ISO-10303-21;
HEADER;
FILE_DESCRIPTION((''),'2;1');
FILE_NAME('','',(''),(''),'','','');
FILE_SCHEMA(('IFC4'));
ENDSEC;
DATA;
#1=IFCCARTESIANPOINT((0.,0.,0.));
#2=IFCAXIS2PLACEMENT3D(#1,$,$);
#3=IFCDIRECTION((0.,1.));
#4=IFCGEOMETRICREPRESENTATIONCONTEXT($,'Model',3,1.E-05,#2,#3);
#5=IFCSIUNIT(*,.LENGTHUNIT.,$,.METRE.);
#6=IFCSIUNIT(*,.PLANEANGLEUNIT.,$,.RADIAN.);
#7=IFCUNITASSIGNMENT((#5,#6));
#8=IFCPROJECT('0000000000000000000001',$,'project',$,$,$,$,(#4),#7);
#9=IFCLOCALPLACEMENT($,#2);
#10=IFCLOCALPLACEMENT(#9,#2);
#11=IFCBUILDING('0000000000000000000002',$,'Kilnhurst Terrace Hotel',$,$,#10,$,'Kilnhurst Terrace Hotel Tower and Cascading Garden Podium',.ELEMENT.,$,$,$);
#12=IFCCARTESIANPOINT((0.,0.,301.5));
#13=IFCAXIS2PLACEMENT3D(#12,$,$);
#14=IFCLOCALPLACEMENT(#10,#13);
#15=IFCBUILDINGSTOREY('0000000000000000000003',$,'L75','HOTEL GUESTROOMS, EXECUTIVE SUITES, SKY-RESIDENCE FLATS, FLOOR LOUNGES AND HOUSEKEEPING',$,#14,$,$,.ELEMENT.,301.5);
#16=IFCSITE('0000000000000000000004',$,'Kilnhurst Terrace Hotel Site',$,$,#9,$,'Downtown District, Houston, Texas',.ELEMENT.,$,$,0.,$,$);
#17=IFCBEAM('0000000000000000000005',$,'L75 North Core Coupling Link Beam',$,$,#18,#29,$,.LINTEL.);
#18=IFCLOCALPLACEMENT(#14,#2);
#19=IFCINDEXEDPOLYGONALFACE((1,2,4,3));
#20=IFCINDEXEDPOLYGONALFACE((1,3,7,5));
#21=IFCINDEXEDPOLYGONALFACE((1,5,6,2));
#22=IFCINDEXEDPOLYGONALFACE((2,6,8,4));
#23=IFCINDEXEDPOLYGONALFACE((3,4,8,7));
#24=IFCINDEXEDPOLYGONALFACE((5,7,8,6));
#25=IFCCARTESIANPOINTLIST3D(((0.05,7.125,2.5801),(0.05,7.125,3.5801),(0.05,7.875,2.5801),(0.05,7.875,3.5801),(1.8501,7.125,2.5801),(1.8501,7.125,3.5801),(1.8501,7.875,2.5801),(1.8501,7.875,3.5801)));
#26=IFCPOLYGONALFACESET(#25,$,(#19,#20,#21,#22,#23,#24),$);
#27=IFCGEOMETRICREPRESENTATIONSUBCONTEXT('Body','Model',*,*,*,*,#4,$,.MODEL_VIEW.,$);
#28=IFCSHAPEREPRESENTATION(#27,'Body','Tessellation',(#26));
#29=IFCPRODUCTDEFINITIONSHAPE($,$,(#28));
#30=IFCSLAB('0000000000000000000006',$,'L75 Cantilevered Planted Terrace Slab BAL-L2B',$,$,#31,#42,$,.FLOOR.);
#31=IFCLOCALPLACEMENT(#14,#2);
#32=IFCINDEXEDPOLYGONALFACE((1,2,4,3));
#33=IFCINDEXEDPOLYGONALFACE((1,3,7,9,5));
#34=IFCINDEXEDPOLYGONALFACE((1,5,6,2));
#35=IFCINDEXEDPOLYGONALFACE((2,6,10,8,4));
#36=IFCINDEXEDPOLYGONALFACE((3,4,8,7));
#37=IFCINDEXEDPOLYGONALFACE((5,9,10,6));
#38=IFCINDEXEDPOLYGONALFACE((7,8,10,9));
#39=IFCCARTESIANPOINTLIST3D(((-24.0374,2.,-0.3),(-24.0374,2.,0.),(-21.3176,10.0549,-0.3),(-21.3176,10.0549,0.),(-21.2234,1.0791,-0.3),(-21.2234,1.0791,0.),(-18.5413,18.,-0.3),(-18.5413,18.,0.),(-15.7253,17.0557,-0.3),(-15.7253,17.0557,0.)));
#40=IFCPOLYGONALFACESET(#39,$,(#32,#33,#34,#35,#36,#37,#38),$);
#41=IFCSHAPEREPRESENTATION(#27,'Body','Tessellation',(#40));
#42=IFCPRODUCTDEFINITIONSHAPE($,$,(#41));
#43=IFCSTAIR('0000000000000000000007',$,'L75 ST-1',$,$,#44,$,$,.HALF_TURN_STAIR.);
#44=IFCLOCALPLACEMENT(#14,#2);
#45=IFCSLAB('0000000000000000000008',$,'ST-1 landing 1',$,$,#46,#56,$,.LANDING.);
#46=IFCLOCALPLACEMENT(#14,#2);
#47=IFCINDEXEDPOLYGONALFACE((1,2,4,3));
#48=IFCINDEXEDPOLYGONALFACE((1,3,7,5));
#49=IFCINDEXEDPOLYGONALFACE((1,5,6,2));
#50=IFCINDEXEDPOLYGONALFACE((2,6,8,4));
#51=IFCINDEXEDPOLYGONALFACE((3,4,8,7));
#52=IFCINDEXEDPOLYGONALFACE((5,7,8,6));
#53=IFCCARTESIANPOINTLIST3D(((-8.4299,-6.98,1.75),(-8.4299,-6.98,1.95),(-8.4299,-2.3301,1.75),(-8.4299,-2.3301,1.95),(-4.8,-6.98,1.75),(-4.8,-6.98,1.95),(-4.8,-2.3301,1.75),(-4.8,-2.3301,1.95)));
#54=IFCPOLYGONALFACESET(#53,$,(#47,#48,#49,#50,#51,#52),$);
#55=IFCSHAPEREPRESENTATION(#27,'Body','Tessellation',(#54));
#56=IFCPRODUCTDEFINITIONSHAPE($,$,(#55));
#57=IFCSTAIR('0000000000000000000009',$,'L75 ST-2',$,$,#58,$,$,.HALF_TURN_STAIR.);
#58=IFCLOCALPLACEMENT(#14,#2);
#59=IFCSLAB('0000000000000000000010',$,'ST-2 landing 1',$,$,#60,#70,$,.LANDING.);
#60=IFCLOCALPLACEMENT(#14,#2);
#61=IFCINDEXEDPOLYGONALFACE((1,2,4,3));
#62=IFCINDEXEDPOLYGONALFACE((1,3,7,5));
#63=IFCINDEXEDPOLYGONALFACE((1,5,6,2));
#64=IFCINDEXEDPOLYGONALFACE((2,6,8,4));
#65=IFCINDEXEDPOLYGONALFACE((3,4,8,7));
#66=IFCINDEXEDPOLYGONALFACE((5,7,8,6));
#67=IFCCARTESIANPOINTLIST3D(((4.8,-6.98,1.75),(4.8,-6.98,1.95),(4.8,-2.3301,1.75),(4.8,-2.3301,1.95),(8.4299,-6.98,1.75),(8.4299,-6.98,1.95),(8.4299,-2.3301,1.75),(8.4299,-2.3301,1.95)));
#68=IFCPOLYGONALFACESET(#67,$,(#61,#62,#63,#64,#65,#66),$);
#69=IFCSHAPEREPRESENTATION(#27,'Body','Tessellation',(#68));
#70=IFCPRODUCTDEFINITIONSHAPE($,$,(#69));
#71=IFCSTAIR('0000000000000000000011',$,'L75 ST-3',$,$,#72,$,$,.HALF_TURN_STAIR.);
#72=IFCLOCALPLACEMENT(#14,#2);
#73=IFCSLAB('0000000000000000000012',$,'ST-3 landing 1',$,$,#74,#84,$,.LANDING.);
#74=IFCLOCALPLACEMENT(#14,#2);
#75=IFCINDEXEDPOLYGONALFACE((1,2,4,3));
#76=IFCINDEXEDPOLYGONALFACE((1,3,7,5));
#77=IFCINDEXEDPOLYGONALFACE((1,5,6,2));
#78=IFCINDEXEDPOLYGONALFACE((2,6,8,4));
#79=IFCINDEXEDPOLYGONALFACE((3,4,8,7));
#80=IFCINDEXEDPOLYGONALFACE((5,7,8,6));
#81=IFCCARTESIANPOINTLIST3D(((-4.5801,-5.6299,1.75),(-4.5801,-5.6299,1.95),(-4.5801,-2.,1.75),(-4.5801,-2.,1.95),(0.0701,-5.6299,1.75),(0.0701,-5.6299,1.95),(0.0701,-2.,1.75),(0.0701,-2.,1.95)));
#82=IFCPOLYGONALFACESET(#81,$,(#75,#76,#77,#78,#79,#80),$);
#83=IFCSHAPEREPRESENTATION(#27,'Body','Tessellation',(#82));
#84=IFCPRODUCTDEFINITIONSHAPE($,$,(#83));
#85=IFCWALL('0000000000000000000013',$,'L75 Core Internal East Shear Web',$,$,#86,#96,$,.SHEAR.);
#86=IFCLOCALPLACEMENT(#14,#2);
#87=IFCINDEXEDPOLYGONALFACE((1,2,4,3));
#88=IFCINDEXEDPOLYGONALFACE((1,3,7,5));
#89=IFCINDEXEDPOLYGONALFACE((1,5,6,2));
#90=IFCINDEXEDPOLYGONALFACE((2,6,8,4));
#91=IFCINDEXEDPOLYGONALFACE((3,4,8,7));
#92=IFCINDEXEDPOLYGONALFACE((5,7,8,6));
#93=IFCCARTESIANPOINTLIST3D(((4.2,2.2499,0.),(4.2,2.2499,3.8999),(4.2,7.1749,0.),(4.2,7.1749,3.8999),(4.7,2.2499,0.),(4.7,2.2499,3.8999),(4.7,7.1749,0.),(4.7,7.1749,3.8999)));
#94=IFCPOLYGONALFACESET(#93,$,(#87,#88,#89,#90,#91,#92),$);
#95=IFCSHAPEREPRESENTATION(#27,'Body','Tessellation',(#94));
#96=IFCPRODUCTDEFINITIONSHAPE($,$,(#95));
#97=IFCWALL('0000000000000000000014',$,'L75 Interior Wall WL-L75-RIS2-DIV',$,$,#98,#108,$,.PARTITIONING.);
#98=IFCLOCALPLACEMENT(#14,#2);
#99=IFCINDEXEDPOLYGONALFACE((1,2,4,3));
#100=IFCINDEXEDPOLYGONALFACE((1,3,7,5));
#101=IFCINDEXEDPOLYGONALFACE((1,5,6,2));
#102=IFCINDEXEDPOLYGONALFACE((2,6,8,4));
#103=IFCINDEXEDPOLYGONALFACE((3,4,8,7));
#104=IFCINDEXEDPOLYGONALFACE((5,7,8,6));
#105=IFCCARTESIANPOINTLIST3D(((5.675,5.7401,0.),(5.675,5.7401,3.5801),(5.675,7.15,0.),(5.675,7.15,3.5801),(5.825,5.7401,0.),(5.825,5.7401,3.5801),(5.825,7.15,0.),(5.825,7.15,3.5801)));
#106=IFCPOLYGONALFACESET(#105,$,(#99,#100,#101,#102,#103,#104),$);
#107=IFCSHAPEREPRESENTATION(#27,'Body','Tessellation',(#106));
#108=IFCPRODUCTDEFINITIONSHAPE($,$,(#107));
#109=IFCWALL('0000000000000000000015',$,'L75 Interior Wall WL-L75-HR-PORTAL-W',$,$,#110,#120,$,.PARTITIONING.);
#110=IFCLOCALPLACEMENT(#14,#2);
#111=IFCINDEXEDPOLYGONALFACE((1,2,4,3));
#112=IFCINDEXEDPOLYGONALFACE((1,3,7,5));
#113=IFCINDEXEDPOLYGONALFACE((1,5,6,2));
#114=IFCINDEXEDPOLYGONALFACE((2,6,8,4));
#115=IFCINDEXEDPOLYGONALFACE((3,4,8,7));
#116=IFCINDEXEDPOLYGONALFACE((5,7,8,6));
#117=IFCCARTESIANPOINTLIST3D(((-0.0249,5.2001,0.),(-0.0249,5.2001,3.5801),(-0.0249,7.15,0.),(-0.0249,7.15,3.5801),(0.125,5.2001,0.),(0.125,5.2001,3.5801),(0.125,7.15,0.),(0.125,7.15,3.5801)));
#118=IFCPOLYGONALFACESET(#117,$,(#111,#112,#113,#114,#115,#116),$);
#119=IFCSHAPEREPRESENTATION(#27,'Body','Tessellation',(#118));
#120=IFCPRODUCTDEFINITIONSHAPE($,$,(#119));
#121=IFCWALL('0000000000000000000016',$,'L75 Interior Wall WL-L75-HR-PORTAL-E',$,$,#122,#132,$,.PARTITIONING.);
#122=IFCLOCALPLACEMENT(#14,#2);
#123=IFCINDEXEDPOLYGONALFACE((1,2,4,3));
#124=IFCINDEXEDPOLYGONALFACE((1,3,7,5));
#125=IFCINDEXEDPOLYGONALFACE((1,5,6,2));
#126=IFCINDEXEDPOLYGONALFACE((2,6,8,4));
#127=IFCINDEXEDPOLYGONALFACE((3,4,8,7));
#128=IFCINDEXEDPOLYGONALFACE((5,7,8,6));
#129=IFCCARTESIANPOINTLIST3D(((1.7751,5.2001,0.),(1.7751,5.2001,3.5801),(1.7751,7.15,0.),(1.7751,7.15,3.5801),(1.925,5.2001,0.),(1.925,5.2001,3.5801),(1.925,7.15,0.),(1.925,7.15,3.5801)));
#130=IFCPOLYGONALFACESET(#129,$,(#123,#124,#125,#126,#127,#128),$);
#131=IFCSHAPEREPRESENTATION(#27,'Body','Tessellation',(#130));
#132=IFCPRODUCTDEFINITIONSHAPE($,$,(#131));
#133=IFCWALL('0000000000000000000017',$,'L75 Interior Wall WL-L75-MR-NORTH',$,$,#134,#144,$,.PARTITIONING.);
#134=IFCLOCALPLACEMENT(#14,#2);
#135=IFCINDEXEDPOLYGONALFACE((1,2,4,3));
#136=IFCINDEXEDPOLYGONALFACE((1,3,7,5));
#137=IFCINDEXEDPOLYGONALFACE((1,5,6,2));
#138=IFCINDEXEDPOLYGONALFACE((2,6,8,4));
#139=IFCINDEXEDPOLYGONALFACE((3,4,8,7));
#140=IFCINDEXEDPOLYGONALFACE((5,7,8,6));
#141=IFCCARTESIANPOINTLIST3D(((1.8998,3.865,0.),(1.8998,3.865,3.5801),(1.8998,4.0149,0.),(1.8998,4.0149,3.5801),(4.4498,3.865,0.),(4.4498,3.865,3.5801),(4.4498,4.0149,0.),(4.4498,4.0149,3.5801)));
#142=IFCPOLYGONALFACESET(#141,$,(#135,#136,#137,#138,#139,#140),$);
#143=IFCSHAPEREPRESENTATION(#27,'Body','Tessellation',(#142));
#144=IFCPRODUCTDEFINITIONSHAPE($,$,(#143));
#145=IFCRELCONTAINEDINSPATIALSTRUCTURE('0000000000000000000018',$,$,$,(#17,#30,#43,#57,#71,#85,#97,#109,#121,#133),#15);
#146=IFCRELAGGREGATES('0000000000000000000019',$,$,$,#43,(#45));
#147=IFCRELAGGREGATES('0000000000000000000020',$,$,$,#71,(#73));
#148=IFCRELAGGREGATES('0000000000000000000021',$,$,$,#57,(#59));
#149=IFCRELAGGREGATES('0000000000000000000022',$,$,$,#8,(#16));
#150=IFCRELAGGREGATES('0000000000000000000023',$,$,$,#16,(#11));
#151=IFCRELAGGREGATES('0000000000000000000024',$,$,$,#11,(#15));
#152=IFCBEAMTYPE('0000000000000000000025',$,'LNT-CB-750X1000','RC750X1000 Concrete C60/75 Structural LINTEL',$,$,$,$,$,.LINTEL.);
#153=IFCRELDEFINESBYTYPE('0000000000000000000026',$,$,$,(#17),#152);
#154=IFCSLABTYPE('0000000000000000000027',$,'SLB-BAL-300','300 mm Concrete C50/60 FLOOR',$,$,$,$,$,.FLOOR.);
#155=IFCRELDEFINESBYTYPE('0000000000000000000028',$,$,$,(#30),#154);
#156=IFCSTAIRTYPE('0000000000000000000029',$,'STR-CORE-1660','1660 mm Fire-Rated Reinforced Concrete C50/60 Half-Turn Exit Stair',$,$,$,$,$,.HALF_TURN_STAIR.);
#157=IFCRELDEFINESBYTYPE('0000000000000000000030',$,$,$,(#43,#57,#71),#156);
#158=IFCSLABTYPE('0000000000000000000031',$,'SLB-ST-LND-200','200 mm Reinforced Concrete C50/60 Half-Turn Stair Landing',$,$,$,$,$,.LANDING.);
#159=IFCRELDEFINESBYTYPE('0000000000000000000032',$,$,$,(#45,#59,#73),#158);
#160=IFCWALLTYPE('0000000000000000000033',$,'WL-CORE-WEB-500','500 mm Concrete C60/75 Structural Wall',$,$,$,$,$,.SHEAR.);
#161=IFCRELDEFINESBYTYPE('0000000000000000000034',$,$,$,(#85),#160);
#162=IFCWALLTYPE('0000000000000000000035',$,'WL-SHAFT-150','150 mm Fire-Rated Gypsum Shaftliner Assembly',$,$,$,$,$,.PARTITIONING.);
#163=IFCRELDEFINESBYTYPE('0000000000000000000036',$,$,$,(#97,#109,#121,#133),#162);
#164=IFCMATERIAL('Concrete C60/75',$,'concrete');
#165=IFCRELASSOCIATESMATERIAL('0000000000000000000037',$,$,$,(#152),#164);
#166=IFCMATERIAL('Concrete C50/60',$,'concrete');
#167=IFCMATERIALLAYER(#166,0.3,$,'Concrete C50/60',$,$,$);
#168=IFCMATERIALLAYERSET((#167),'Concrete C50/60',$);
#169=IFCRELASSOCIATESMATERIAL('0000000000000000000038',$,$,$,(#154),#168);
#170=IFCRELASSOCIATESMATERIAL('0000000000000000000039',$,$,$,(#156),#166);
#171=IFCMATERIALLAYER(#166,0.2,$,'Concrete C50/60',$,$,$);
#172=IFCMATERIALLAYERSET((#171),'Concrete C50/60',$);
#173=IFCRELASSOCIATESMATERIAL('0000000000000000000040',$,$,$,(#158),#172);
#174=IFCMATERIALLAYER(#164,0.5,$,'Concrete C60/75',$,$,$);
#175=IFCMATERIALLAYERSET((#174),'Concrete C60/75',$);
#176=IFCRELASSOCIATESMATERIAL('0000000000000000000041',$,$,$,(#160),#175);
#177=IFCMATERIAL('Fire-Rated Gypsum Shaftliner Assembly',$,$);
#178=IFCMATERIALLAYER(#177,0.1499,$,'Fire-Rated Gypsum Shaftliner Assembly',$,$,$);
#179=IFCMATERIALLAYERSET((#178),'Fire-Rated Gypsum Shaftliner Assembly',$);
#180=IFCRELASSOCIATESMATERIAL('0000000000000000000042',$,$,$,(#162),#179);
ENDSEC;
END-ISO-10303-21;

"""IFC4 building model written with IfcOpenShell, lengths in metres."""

from ifc_helpers import new_model, si_unit, direction, frame, frame_2d, origin, origin_2d, place, context, subcontext, project, spatial, polyline, rectangle, outline, extrude, material, layer, layer_set, material_profile, profile_set, type_object, element, aggregate, save


model = new_model("IFC4")

# Units and contexts
model_context = context("Model", 3, precision=1e-05, world=origin(), true_north=direction((0.0, 1.0)))
body_context = subcontext(model_context, "Body", "Model", "MODEL_VIEW")
ifc_project = project(units=[si_unit("LENGTHUNIT", "METRE"), si_unit("PLANEANGLEUNIT", "RADIAN")], contexts=[model_context])

# Site, building, storey
site_placement = place(None, origin())
site = spatial("IfcSite", under=ifc_project, at=site_placement, Name="Kilnhurst Terrace Hotel Site", LongName="Downtown District, Houston, Texas", CompositionType="ELEMENT", RefElevation=0.0)
building_placement = place(site_placement, origin())
building = spatial("IfcBuilding", under=site, at=building_placement, Name="Kilnhurst Terrace Hotel", LongName="Kilnhurst Terrace Hotel Tower and Cascading Garden Podium", CompositionType="ELEMENT")
storey_placement = place(building_placement, frame((0.0, 0.0, 301.5)))
storey = spatial("IfcBuildingStorey", under=building, at=storey_placement, Name="L75", Description="HOTEL GUESTROOMS, EXECUTIVE SUITES, SKY-RESIDENCE FLATS, FLOOR LOUNGES AND HOUSEKEEPING", CompositionType="ELEMENT", Elevation=301.5)

# Beam
ifc_material_1 = material(Name="Concrete C60/75", Category="concrete")
ifc_material_profile = material_profile(ifc_material_1, rectangle(XDim=0.75, YDim=1.0, at=origin_2d()), Name="RC750X1000")
ifc_profile_set = profile_set([ifc_material_profile], Name="Concrete C60/75")
beam_type = type_object("IfcBeamType", Name="LNT-CB-750X1000", Description="RC750X1000 Concrete C60/75 Structural LINTEL", PredefinedType="LINTEL", material=ifc_profile_set)
beam_placement = place(storey_placement, frame((0.05, 7.5, 3.0801), z_axis=(1.0, 0.0, 0.0), x_axis=(0.0, 1.0, 0.0)))
element("IfcBeam", 1, at=beam_placement, inside=storey, type_object=beam_type, Name="L75 North Core Coupling Link Beam", PredefinedType="LINTEL", context=body_context, shape_type="SweptSolid", body=[
    extrude(rectangle(XDim=0.75, YDim=1.0, at=origin_2d()), origin(), (0.0, 0.0, 1.0), 1.8),
])

# Slab
ifc_material_2 = material(Name="Concrete C50/60", Category="concrete")
ifc_layer_1 = layer(ifc_material_2, 0.3, Name="Concrete C50/60")
ifc_layer_set_1 = layer_set([ifc_layer_1], Name="Concrete C50/60")
slab_type_1 = type_object("IfcSlabType", Name="SLB-BAL-300", Description="300 mm Concrete C50/60 FLOOR", PredefinedType="FLOOR", material=ifc_layer_set_1)
slab_1_placement = place(storey_placement, frame((0.0, 0.0, -0.3)))
element("IfcSlab", 2, at=slab_1_placement, inside=storey, type_object=slab_type_1, Name="L75 Cantilevered Planted Terrace Slab BAL-L2B", PredefinedType="FLOOR", context=body_context, shape_type="SweptSolid", body=[
    extrude(outline(polyline([(-18.5413, 18.0), (-15.7253, 17.0557), (-21.2234, 1.0791), (-24.0374, 2.0), (-21.3176, 10.0549), (-18.5413, 18.0)])), origin(), (0.0, 0.0, 1.0), 0.3),
])

# Stairs, slabs
stair_type = type_object("IfcStairType", Name="STR-CORE-1660", Description="1660 mm Fire-Rated Reinforced Concrete C50/60 Half-Turn Exit Stair", PredefinedType="HALF_TURN_STAIR", material=ifc_material_2)
stair_1_placement = place(storey_placement, origin())
stair_1 = element("IfcStair", 3, at=stair_1_placement, inside=storey, type_object=stair_type, Name="L75 ST-1", PredefinedType="HALF_TURN_STAIR")
ifc_layer_2 = layer(ifc_material_2, 0.2, Name="Concrete C50/60")
ifc_layer_set_2 = layer_set([ifc_layer_2], Name="Concrete C50/60")
slab_type_2 = type_object("IfcSlabType", Name="SLB-ST-LND-200", Description="200 mm Reinforced Concrete C50/60 Half-Turn Stair Landing", PredefinedType="LANDING", material=ifc_layer_set_2)
slab_2_placement = place(storey_placement, frame((0.0, 0.0, 1.75)))
slab_2 = element("IfcSlab", 4, at=slab_2_placement, type_object=slab_type_2, Name="ST-1 landing 1", PredefinedType="LANDING", context=body_context, shape_type="SweptSolid", body=[
    extrude(outline(polyline([(-8.4299, -2.3301), (-4.8, -2.3301), (-4.8, -6.98), (-8.4299, -6.98), (-8.4299, -2.3301)])), origin(), (0.0, 0.0, 1.0), 0.2),
])
aggregate(stair_1, [slab_2])
stair_2_placement = place(storey_placement, origin())
stair_2 = element("IfcStair", 5, at=stair_2_placement, inside=storey, type_object=stair_type, Name="L75 ST-2", PredefinedType="HALF_TURN_STAIR")
slab_3_placement = place(storey_placement, frame((0.0, 0.0, 1.75)))
slab_3 = element("IfcSlab", 6, at=slab_3_placement, type_object=slab_type_2, Name="ST-2 landing 1", PredefinedType="LANDING", context=body_context, shape_type="SweptSolid", body=[
    extrude(outline(polyline([(4.8, -2.3301), (8.4299, -2.3301), (8.4299, -6.98), (4.8, -6.98), (4.8, -2.3301)])), origin(), (0.0, 0.0, 1.0), 0.2),
])
stair_3_placement = place(storey_placement, origin())
stair_3 = element("IfcStair", 7, at=stair_3_placement, inside=storey, type_object=stair_type, Name="L75 ST-3", PredefinedType="HALF_TURN_STAIR")
slab_4_placement = place(storey_placement, frame((0.0, 0.0, 1.75)))
slab_4 = element("IfcSlab", 8, at=slab_4_placement, type_object=slab_type_2, Name="ST-3 landing 1", PredefinedType="LANDING", context=body_context, shape_type="SweptSolid", body=[
    extrude(outline(polyline([(0.0701, -2.0), (0.0701, -5.6299), (-4.5801, -5.6299), (-4.5801, -2.0), (0.0701, -2.0)])), origin(), (0.0, 0.0, 1.0), 0.2),
])
aggregate(stair_3, [slab_4])

# Walls
ifc_layer_3 = layer(ifc_material_1, 0.5, Name="Concrete C60/75")
ifc_layer_set_3 = layer_set([ifc_layer_3], Name="Concrete C60/75")
wall_type_1 = type_object("IfcWallType", Name="WL-CORE-WEB-500", Description="500 mm Concrete C60/75 Structural Wall", PredefinedType="SHEAR", material=ifc_layer_set_3)
wall_1_placement = place(storey_placement, frame((4.45, 2.25, 0.0), z_axis=(0.0, 0.0, 1.0), x_axis=(0.0, 1.0, 0.0)))
element("IfcWall", 9, at=wall_1_placement, inside=storey, type_object=wall_type_1, Name="L75 Core Internal East Shear Web", PredefinedType="SHEAR", context=body_context, shape_type="SweptSolid", body=[
    extrude(rectangle(XDim=4.925, YDim=0.5, at=frame_2d((2.4624, 0.0))), origin(), (0.0, 0.0, 1.0), 3.8999),
])
ifc_material_3 = material(Name="Fire-Rated Gypsum Shaftliner Assembly")
ifc_layer_4 = layer(ifc_material_3, 0.1499, Name="Fire-Rated Gypsum Shaftliner Assembly")
ifc_layer_set_4 = layer_set([ifc_layer_4], Name="Fire-Rated Gypsum Shaftliner Assembly")
wall_type_2 = type_object("IfcWallType", Name="WL-SHAFT-150", Description="150 mm Fire-Rated Gypsum Shaftliner Assembly", PredefinedType="PARTITIONING", material=ifc_layer_set_4)
wall_2_placement = place(storey_placement, frame((5.75, 5.74, 0.0), z_axis=(0.0, 0.0, 1.0), x_axis=(0.0, 1.0, 0.0)))
element("IfcWall", 10, at=wall_2_placement, inside=storey, type_object=wall_type_2, Name="L75 Interior Wall WL-L75-RIS2-DIV", PredefinedType="PARTITIONING", context=body_context, shape_type="SweptSolid", body=[
    extrude(rectangle(XDim=1.4099, YDim=0.1499, at=frame_2d((0.7051, 0.0))), origin(), (0.0, 0.0, 1.0), 3.5801),
])
for number, where, z_axis, x_axis, name in (
    (11, (0.05, 5.2, 0.0), (0.0, 0.0, 1.0), (0.0, 1.0, 0.0), "L75 Interior Wall WL-L75-HR-PORTAL-W"),
    (12, (1.8501, 5.2, 0.0), (0.0, 0.0, 1.0), (0.0, 1.0, 0.0), "L75 Interior Wall WL-L75-HR-PORTAL-E"),
):
    element("IfcWall", number, at=place(storey_placement, frame(where, z_axis=z_axis, x_axis=x_axis)), inside=storey, type_object=wall_type_2, Name=name, PredefinedType="PARTITIONING", context=body_context, shape_type="SweptSolid", body=[
        extrude(rectangle(XDim=1.95, YDim=0.1499, at=frame_2d((0.9751, 0.0))), origin(), (0.0, 0.0, 1.0), 3.5801),
    ])
wall_3_placement = place(storey_placement, frame((1.8999, 3.9399, 0.0), z_axis=(0.0, 0.0, 1.0), x_axis=(1.0, 0.0, 0.0)))
element("IfcWall", 13, at=wall_3_placement, inside=storey, type_object=wall_type_2, Name="L75 Interior Wall WL-L75-MR-NORTH", PredefinedType="PARTITIONING", context=body_context, shape_type="SweptSolid", body=[
    extrude(rectangle(XDim=2.55, YDim=0.1499, at=frame_2d((1.2749, 0.0))), origin(), (0.0, 0.0, 1.0), 3.5801),
])

aggregate(stair_2, [slab_3])

save(model, "model.ifc")
